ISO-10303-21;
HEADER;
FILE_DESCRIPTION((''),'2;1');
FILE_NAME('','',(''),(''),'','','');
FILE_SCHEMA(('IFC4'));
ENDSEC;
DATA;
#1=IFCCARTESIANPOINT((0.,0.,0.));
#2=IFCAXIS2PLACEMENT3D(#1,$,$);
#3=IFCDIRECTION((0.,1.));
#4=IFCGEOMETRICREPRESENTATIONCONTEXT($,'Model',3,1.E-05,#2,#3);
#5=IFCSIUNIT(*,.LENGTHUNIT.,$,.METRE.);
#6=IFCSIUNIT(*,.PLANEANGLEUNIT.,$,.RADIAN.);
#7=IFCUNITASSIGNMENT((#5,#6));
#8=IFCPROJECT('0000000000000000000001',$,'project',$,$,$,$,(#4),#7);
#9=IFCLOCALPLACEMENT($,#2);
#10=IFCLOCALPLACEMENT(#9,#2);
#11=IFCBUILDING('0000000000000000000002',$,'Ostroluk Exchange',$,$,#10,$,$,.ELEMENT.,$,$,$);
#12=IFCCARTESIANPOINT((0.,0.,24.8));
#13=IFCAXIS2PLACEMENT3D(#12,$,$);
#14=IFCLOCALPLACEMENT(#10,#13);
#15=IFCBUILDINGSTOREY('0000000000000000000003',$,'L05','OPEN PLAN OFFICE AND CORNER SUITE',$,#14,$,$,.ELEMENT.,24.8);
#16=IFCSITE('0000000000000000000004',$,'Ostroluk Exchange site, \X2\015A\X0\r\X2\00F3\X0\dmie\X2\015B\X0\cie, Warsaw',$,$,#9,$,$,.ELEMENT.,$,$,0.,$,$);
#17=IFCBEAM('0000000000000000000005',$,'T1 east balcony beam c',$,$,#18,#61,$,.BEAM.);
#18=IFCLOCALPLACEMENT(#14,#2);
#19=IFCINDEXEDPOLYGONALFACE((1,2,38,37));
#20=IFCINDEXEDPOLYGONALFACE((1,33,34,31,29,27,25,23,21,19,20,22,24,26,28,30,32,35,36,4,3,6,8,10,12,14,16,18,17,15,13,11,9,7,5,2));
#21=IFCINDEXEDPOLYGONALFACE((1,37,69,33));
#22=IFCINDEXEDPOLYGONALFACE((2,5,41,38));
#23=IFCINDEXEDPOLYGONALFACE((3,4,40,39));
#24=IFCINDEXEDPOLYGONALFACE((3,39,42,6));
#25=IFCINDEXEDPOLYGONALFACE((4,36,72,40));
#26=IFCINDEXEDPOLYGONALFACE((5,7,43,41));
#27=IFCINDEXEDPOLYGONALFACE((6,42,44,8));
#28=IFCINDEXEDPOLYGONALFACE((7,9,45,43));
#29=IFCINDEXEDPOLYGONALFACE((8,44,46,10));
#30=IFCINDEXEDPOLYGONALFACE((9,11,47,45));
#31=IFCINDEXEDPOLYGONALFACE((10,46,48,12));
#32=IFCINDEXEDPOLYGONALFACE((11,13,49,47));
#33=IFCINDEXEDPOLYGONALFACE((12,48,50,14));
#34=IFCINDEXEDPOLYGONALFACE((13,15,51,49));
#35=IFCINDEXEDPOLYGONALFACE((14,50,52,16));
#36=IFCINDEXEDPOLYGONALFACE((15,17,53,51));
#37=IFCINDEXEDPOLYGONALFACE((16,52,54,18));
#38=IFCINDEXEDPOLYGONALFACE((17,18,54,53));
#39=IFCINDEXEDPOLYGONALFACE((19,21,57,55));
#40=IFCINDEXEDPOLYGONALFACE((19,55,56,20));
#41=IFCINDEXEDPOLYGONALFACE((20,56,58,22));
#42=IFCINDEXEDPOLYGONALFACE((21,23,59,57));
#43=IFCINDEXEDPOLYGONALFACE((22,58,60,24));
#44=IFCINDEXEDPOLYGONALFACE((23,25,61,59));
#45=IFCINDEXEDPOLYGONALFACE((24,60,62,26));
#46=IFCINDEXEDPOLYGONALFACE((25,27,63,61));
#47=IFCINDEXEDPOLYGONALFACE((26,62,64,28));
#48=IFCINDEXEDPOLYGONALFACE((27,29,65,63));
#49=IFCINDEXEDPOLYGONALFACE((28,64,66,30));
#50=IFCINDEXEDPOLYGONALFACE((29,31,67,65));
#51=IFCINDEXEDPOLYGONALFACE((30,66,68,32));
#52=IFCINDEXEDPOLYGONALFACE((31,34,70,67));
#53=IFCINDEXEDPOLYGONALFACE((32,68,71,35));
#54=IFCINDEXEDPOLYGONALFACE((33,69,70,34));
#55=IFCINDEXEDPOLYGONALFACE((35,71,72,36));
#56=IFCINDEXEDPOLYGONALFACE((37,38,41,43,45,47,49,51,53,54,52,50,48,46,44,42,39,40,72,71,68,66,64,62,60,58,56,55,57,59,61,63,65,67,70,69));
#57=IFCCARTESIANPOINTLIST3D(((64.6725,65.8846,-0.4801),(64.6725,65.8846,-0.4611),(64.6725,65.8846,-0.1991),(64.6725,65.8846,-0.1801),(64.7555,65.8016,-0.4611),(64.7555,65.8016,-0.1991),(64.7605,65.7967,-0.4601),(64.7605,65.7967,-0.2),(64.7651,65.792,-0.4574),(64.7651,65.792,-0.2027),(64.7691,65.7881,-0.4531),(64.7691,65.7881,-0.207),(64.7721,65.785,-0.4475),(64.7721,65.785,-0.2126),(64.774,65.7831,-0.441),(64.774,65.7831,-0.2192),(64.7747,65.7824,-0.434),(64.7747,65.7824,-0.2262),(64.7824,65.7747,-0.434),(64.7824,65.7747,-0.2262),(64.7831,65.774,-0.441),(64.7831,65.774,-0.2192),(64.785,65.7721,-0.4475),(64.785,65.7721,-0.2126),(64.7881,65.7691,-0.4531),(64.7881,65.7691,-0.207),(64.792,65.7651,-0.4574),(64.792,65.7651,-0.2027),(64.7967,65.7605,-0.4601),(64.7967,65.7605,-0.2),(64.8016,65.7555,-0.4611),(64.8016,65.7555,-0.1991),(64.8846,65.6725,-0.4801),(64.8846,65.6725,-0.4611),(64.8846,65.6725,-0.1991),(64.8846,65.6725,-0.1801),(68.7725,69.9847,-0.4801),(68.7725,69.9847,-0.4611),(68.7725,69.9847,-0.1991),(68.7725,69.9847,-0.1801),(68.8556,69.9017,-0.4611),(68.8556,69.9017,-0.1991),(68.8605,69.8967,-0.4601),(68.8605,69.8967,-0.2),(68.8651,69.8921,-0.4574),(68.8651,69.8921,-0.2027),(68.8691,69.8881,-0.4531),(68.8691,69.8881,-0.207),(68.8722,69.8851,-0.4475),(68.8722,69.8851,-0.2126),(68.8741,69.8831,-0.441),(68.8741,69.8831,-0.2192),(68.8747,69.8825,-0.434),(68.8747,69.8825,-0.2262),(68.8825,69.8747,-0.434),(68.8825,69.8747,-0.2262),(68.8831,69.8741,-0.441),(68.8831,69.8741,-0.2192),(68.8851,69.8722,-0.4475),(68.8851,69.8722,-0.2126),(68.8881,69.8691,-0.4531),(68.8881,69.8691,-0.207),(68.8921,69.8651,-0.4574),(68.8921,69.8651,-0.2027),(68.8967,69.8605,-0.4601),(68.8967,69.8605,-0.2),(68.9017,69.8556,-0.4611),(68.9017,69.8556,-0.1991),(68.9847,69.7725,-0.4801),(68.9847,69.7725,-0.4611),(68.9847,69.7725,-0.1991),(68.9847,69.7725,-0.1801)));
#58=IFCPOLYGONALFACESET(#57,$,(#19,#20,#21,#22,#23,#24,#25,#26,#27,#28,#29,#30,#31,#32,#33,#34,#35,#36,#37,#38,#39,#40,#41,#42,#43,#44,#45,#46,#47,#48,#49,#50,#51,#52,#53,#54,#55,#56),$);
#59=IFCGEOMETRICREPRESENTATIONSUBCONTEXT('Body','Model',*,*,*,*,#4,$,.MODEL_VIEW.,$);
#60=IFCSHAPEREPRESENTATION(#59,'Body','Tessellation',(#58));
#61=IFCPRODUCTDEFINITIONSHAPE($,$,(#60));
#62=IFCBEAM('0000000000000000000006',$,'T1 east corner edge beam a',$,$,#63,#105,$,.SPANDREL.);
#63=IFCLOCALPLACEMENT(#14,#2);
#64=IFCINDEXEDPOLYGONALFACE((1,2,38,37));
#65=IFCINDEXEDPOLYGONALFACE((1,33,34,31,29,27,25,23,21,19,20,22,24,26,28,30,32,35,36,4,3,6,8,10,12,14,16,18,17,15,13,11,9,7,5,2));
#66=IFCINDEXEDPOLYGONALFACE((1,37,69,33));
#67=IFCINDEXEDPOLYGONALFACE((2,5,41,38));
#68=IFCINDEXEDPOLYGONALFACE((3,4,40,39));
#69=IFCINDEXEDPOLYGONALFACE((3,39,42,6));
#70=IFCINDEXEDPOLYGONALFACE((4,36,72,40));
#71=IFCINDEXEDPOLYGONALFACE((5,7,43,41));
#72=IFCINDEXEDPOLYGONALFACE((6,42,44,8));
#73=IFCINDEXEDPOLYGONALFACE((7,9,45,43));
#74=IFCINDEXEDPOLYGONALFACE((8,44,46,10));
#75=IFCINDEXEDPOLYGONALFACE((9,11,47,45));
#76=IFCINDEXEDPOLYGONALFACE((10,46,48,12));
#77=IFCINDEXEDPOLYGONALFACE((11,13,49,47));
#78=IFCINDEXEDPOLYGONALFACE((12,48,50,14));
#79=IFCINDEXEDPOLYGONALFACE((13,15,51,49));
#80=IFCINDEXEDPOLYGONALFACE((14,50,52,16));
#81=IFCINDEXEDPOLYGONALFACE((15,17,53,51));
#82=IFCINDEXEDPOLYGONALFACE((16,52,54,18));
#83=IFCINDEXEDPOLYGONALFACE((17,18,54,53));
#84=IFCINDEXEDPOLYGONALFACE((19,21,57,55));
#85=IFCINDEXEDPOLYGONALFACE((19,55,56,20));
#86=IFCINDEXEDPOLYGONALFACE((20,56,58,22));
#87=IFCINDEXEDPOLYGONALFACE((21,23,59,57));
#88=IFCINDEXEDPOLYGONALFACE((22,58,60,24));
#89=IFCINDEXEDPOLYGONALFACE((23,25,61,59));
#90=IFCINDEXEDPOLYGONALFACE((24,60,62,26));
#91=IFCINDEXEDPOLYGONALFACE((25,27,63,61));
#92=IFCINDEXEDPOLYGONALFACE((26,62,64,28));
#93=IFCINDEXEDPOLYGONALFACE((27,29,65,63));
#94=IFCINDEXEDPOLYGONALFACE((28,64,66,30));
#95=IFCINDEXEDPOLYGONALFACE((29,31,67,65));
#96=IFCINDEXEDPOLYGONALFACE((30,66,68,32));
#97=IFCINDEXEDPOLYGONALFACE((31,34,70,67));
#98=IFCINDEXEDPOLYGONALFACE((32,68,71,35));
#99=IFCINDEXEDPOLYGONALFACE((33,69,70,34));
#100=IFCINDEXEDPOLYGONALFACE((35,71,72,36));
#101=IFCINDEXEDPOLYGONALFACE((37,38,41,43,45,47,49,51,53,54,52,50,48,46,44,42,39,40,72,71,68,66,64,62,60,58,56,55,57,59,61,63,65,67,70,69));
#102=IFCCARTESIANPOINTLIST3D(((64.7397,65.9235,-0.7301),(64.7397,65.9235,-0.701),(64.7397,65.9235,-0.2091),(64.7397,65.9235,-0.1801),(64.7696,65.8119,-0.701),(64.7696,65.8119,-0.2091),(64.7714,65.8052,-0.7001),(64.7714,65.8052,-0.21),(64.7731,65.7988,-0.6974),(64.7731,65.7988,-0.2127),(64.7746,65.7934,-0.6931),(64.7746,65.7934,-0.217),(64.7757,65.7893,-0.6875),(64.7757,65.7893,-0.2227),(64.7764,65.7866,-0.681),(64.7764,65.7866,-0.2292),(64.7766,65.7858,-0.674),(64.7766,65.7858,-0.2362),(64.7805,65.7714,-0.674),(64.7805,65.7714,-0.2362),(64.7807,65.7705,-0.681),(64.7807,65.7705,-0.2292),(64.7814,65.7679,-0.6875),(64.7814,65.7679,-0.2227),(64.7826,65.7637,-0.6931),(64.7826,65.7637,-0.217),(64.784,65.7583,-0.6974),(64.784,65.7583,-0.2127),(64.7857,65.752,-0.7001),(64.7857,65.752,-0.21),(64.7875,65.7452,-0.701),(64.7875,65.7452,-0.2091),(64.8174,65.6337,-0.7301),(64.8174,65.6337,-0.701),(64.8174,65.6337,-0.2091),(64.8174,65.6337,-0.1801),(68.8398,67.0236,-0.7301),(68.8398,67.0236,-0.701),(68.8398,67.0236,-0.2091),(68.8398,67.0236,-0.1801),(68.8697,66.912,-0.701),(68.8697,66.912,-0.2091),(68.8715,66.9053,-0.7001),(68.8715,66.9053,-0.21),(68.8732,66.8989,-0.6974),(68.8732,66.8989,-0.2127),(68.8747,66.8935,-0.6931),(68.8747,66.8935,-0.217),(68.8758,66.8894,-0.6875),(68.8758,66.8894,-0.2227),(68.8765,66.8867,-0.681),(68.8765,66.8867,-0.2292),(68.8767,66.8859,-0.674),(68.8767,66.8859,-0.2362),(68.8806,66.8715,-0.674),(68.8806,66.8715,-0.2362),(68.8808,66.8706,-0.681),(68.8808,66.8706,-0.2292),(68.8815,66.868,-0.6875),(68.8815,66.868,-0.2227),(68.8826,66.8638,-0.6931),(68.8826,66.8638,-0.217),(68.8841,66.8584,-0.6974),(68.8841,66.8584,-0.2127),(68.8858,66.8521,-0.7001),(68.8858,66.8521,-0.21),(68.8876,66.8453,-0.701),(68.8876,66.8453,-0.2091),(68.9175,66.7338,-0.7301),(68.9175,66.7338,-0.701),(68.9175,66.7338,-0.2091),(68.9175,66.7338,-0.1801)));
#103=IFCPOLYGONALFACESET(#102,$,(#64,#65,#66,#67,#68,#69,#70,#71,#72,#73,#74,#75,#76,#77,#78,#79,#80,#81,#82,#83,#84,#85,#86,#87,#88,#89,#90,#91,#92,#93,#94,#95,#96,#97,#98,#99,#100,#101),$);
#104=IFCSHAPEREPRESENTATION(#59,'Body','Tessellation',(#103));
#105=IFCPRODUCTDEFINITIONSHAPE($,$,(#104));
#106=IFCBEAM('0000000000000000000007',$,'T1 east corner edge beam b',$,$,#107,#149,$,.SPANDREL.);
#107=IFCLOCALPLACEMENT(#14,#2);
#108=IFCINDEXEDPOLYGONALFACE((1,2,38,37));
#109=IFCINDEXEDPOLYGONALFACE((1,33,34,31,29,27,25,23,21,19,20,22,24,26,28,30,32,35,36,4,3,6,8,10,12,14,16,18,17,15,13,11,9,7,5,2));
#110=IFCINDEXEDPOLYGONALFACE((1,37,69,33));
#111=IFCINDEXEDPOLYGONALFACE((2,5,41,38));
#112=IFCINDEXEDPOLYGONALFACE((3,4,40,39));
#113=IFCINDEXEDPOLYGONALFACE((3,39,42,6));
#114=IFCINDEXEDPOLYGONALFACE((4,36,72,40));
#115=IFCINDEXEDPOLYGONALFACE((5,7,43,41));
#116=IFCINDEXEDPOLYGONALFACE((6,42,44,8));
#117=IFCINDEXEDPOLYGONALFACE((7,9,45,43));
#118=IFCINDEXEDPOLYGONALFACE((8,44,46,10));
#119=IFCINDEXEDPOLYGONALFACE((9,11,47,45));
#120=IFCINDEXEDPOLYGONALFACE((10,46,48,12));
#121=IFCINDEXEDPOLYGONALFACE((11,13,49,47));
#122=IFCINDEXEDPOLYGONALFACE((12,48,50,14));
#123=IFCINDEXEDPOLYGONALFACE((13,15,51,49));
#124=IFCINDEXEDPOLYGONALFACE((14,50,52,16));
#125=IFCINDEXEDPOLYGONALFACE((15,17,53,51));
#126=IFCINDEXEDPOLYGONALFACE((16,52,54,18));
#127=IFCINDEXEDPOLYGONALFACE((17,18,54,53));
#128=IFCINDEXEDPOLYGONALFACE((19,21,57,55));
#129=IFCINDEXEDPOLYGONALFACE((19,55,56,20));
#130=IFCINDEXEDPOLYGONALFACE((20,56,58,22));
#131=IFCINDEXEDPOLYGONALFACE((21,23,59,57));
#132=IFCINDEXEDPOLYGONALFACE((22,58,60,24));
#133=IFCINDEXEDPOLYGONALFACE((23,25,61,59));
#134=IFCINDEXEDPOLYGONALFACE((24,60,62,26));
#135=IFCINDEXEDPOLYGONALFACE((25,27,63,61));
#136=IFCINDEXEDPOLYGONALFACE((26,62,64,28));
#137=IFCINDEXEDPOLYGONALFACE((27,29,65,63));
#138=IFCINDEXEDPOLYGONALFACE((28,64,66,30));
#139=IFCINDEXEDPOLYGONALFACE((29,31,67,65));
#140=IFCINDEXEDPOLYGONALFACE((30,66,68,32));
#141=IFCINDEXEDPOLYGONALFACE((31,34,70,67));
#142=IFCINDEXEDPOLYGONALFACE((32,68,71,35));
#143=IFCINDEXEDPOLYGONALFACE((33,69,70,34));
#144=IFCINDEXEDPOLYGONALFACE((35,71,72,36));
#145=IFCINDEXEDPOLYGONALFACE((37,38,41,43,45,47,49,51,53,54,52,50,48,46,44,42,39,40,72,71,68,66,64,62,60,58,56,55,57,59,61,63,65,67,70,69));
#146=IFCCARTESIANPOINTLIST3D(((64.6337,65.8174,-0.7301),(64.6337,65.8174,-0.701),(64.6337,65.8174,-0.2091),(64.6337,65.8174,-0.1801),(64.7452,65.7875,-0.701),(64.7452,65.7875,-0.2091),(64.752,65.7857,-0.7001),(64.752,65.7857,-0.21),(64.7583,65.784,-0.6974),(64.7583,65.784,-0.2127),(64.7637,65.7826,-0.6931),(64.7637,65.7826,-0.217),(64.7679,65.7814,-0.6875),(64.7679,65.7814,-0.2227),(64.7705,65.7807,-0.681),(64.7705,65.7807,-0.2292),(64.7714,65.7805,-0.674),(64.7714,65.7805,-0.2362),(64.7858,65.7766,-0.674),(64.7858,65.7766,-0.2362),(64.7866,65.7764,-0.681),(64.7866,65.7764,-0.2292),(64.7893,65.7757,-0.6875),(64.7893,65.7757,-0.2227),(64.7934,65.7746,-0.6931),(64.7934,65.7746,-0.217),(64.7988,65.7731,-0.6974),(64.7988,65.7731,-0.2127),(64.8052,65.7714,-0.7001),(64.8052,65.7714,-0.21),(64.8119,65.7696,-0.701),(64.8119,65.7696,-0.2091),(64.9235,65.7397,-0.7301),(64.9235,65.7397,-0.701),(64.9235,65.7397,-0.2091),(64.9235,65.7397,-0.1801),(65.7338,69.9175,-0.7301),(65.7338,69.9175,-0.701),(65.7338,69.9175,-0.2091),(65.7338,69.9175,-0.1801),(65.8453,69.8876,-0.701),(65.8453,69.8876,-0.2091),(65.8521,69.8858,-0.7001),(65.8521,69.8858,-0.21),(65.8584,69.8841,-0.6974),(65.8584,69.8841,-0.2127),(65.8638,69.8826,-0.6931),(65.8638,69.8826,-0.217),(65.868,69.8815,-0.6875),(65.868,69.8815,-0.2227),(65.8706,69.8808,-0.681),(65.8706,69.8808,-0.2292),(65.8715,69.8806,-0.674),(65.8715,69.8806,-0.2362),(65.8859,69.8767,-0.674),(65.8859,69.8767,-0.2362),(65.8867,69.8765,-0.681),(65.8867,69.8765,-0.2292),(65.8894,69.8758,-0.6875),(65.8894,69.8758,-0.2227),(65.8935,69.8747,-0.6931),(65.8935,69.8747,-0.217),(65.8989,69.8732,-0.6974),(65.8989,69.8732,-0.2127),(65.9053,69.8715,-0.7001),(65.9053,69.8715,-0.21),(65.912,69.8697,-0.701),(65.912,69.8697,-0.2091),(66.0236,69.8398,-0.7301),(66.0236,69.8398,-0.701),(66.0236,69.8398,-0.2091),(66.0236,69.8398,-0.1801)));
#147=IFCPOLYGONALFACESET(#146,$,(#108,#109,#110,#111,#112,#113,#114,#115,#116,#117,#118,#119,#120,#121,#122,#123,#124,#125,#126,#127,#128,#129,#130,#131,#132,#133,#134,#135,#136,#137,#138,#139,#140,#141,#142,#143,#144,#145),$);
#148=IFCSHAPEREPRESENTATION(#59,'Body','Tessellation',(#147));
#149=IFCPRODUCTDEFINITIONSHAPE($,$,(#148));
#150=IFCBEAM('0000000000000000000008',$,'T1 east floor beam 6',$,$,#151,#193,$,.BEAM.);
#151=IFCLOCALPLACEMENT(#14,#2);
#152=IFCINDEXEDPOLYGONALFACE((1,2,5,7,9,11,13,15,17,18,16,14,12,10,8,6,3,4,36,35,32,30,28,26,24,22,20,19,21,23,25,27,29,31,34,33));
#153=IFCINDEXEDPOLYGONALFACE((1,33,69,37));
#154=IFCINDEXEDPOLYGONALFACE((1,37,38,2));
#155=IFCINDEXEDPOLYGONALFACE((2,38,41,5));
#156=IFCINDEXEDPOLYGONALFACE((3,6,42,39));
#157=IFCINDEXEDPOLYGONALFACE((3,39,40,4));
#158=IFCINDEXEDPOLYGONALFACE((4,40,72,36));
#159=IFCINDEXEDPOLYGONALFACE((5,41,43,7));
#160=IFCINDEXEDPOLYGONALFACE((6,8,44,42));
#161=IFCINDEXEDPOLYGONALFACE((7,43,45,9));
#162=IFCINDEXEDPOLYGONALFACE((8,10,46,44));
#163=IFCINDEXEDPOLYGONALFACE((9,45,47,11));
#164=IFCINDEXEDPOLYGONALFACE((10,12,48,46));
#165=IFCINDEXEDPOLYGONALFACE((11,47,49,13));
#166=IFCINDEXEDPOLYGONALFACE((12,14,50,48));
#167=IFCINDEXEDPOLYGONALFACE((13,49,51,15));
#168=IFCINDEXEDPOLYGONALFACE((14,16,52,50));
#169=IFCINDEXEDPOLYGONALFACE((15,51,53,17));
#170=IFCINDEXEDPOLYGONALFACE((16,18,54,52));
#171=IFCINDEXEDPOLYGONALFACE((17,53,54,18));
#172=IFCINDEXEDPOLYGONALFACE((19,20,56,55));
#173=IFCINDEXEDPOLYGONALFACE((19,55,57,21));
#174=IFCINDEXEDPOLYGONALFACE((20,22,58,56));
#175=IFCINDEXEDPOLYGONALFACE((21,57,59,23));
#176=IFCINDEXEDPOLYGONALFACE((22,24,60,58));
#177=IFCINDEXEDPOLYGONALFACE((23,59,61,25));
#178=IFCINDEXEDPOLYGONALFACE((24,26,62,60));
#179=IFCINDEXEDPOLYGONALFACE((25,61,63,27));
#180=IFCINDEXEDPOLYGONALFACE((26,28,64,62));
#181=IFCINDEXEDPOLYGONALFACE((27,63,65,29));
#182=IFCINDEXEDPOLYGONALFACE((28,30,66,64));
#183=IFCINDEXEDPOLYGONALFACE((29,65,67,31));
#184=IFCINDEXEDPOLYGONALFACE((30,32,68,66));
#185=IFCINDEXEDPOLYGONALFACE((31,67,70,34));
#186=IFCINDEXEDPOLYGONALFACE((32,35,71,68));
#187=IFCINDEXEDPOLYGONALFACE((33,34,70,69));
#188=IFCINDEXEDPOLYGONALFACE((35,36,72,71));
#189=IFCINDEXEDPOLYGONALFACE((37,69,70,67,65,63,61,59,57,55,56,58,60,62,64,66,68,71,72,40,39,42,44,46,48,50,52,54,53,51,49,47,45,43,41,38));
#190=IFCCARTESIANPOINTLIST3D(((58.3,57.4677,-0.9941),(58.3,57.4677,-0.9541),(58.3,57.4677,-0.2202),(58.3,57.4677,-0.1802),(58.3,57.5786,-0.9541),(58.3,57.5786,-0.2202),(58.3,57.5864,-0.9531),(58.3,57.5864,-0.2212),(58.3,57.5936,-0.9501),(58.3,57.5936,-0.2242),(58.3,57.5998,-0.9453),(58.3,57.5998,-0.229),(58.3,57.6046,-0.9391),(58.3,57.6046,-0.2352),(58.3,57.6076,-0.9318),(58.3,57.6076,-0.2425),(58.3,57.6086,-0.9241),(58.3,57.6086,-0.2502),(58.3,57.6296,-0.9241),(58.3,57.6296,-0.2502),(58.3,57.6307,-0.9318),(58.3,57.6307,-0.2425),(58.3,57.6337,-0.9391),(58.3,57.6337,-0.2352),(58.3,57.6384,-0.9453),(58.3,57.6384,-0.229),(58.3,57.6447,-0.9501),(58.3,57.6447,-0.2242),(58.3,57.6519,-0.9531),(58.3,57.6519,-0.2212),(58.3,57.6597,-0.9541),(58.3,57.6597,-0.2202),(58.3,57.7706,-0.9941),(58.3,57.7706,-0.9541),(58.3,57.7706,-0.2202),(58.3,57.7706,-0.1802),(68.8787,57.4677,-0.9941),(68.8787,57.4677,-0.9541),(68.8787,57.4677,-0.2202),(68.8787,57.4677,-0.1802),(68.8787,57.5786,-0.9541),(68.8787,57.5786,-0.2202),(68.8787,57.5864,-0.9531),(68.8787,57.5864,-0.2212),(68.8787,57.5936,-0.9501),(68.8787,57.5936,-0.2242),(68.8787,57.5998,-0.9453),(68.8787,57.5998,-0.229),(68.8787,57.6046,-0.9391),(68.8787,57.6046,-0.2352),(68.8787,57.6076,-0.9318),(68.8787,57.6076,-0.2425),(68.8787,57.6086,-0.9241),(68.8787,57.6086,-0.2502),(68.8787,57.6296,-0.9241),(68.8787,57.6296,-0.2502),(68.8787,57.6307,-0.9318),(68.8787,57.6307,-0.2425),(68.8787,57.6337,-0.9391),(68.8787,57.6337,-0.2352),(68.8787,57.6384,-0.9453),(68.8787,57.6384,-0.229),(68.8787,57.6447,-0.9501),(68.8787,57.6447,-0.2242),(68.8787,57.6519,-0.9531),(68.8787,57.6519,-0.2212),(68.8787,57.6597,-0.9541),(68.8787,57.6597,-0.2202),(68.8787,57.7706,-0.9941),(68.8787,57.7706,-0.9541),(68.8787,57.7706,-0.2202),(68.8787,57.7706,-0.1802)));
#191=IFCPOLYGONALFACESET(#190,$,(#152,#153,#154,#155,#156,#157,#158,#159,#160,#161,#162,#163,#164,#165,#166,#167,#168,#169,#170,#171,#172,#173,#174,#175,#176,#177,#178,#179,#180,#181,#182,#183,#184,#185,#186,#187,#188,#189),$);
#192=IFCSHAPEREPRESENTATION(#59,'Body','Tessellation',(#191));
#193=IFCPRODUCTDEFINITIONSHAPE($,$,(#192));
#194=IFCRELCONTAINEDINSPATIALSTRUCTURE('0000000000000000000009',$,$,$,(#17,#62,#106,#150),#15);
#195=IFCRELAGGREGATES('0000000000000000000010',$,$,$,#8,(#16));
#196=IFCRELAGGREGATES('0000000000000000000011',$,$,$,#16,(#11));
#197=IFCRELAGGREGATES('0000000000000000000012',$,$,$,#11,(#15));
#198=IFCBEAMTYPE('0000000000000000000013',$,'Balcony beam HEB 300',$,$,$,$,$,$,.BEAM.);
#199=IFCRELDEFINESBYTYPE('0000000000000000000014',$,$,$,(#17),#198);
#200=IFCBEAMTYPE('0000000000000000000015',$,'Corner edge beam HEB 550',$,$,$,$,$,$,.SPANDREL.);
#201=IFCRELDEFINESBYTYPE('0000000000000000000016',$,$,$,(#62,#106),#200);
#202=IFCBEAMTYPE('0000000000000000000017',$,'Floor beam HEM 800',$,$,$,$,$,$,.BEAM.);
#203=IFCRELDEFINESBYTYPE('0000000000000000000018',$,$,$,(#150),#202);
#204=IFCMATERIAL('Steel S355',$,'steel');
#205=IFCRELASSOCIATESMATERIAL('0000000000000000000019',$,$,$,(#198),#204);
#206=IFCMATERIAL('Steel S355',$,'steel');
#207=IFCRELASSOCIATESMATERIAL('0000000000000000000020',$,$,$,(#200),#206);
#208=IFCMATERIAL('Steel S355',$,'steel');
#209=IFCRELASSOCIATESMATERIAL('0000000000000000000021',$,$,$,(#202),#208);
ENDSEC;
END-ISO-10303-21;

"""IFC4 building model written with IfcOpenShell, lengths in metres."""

from ifc_helpers import new_model, si_unit, direction, frame, origin, origin_2d, place, context, subcontext, project, spatial, i_section, extrude, material, material_profile, profile_set, type_object, element, save


model = new_model("IFC4")

# Units and contexts
model_context = context("Model", 3, precision=1e-05, world=origin(), true_north=direction((0.0, 1.0)))
body_context = subcontext(model_context, "Body", "Model", "MODEL_VIEW")
ifc_project = project(units=[si_unit("LENGTHUNIT", "METRE"), si_unit("PLANEANGLEUNIT", "RADIAN")], contexts=[model_context])

# Site, building, storey
site_placement = place(None, origin())
site = spatial("IfcSite", under=ifc_project, at=site_placement, Name="Ostroluk Exchange site, Śródmieście, Warsaw", CompositionType="ELEMENT", RefElevation=0.0)
building_placement = place(site_placement, origin())
building = spatial("IfcBuilding", under=site, at=building_placement, Name="Ostroluk Exchange", CompositionType="ELEMENT")
storey_placement = place(building_placement, frame((0.0, 0.0, 24.8)))
storey = spatial("IfcBuildingStorey", under=building, at=storey_placement, Name="L05", Description="OPEN PLAN OFFICE AND CORNER SUITE", CompositionType="ELEMENT", Elevation=24.8)

# Beams
ifc_material_1 = material(Name="Steel S355", Category="steel")
ifc_material_profile_1 = material_profile(ifc_material_1, i_section(OverallWidth=0.3, OverallDepth=0.3, WebThickness=0.011, FlangeThickness=0.019, FilletRadius=0.0271, at=origin_2d()), Name="HEB 300")
ifc_profile_set_1 = profile_set([ifc_material_profile_1], Name="Steel S355")
beam_type_1 = type_object("IfcBeamType", Name="Balcony beam HEB 300", PredefinedType="BEAM", material=ifc_profile_set_1)
beam_1_placement = place(storey_placement, frame((64.7786, 65.7786, -0.3301), z_axis=(0.707107, 0.707107, 0.0), x_axis=(-0.707107, 0.707107, 0.0)))
element("IfcBeam", 1, at=beam_1_placement, inside=storey, type_object=beam_type_1, Name="T1 east balcony beam c", PredefinedType="BEAM", context=body_context, shape_type="SweptSolid", body=[
    extrude(i_section(OverallWidth=0.3, OverallDepth=0.3, WebThickness=0.011, FlangeThickness=0.019, FilletRadius=0.0271, at=origin_2d()), origin(), (0.0, 0.0, 1.0), 5.7983),
])
ifc_material_2 = material(Name="Steel S355", Category="steel")
ifc_material_profile_2 = material_profile(ifc_material_2, i_section(OverallWidth=0.3, OverallDepth=0.55, WebThickness=0.0149, FlangeThickness=0.0291, FilletRadius=0.0271, at=origin_2d()), Name="HEB 550")
ifc_profile_set_2 = profile_set([ifc_material_profile_2], Name="Steel S355")
beam_type_2 = type_object("IfcBeamType", Name="Corner edge beam HEB 550", PredefinedType="SPANDREL", material=ifc_profile_set_2)
for number, where, z_axis, x_axis, name in (
    (2, (64.7786, 65.7786, -0.4551), (0.965839, 0.259144, 0.0), (-0.259144, 0.965839, 0.0), "T1 east corner edge beam a"),
    (3, (64.7786, 65.7786, -0.4551), (0.259144, 0.965839, 0.0), (-0.965839, 0.259144, 0.0), "T1 east corner edge beam b"),
):
    element("IfcBeam", number, at=place(storey_placement, frame(where, z_axis=z_axis, x_axis=x_axis)), inside=storey, type_object=beam_type_2, Name=name, PredefinedType="SPANDREL", context=body_context, shape_type="SweptSolid", body=[
        extrude(i_section(OverallWidth=0.3, OverallDepth=0.55, WebThickness=0.0149, FlangeThickness=0.0291, FilletRadius=0.0271, at=origin_2d()), origin(), (0.0, 0.0, 1.0), 4.2451),
    ])
ifc_material_3 = material(Name="Steel S355", Category="steel")
ifc_material_profile_3 = material_profile(ifc_material_3, i_section(OverallWidth=0.303, OverallDepth=0.814, WebThickness=0.021, FlangeThickness=0.04, FilletRadius=0.03, at=origin_2d()), Name="HEM 800")
ifc_profile_set_3 = profile_set([ifc_material_profile_3], Name="Steel S355")
beam_type_3 = type_object("IfcBeamType", Name="Floor beam HEM 800", PredefinedType="BEAM", material=ifc_profile_set_3)
beam_2_placement = place(storey_placement, frame((58.3, 57.6191, -0.5872), z_axis=(1.0, 0.0, 0.0), x_axis=(0.0, 1.0, 0.0)))
element("IfcBeam", 4, at=beam_2_placement, inside=storey, type_object=beam_type_3, Name="T1 east floor beam 6", PredefinedType="BEAM", context=body_context, shape_type="SweptSolid", body=[
    extrude(i_section(OverallWidth=0.303, OverallDepth=0.814, WebThickness=0.021, FlangeThickness=0.04, FilletRadius=0.03, at=origin_2d()), origin(), (0.0, 0.0, 1.0), 10.5786),
])

save(model, "model.ifc")
